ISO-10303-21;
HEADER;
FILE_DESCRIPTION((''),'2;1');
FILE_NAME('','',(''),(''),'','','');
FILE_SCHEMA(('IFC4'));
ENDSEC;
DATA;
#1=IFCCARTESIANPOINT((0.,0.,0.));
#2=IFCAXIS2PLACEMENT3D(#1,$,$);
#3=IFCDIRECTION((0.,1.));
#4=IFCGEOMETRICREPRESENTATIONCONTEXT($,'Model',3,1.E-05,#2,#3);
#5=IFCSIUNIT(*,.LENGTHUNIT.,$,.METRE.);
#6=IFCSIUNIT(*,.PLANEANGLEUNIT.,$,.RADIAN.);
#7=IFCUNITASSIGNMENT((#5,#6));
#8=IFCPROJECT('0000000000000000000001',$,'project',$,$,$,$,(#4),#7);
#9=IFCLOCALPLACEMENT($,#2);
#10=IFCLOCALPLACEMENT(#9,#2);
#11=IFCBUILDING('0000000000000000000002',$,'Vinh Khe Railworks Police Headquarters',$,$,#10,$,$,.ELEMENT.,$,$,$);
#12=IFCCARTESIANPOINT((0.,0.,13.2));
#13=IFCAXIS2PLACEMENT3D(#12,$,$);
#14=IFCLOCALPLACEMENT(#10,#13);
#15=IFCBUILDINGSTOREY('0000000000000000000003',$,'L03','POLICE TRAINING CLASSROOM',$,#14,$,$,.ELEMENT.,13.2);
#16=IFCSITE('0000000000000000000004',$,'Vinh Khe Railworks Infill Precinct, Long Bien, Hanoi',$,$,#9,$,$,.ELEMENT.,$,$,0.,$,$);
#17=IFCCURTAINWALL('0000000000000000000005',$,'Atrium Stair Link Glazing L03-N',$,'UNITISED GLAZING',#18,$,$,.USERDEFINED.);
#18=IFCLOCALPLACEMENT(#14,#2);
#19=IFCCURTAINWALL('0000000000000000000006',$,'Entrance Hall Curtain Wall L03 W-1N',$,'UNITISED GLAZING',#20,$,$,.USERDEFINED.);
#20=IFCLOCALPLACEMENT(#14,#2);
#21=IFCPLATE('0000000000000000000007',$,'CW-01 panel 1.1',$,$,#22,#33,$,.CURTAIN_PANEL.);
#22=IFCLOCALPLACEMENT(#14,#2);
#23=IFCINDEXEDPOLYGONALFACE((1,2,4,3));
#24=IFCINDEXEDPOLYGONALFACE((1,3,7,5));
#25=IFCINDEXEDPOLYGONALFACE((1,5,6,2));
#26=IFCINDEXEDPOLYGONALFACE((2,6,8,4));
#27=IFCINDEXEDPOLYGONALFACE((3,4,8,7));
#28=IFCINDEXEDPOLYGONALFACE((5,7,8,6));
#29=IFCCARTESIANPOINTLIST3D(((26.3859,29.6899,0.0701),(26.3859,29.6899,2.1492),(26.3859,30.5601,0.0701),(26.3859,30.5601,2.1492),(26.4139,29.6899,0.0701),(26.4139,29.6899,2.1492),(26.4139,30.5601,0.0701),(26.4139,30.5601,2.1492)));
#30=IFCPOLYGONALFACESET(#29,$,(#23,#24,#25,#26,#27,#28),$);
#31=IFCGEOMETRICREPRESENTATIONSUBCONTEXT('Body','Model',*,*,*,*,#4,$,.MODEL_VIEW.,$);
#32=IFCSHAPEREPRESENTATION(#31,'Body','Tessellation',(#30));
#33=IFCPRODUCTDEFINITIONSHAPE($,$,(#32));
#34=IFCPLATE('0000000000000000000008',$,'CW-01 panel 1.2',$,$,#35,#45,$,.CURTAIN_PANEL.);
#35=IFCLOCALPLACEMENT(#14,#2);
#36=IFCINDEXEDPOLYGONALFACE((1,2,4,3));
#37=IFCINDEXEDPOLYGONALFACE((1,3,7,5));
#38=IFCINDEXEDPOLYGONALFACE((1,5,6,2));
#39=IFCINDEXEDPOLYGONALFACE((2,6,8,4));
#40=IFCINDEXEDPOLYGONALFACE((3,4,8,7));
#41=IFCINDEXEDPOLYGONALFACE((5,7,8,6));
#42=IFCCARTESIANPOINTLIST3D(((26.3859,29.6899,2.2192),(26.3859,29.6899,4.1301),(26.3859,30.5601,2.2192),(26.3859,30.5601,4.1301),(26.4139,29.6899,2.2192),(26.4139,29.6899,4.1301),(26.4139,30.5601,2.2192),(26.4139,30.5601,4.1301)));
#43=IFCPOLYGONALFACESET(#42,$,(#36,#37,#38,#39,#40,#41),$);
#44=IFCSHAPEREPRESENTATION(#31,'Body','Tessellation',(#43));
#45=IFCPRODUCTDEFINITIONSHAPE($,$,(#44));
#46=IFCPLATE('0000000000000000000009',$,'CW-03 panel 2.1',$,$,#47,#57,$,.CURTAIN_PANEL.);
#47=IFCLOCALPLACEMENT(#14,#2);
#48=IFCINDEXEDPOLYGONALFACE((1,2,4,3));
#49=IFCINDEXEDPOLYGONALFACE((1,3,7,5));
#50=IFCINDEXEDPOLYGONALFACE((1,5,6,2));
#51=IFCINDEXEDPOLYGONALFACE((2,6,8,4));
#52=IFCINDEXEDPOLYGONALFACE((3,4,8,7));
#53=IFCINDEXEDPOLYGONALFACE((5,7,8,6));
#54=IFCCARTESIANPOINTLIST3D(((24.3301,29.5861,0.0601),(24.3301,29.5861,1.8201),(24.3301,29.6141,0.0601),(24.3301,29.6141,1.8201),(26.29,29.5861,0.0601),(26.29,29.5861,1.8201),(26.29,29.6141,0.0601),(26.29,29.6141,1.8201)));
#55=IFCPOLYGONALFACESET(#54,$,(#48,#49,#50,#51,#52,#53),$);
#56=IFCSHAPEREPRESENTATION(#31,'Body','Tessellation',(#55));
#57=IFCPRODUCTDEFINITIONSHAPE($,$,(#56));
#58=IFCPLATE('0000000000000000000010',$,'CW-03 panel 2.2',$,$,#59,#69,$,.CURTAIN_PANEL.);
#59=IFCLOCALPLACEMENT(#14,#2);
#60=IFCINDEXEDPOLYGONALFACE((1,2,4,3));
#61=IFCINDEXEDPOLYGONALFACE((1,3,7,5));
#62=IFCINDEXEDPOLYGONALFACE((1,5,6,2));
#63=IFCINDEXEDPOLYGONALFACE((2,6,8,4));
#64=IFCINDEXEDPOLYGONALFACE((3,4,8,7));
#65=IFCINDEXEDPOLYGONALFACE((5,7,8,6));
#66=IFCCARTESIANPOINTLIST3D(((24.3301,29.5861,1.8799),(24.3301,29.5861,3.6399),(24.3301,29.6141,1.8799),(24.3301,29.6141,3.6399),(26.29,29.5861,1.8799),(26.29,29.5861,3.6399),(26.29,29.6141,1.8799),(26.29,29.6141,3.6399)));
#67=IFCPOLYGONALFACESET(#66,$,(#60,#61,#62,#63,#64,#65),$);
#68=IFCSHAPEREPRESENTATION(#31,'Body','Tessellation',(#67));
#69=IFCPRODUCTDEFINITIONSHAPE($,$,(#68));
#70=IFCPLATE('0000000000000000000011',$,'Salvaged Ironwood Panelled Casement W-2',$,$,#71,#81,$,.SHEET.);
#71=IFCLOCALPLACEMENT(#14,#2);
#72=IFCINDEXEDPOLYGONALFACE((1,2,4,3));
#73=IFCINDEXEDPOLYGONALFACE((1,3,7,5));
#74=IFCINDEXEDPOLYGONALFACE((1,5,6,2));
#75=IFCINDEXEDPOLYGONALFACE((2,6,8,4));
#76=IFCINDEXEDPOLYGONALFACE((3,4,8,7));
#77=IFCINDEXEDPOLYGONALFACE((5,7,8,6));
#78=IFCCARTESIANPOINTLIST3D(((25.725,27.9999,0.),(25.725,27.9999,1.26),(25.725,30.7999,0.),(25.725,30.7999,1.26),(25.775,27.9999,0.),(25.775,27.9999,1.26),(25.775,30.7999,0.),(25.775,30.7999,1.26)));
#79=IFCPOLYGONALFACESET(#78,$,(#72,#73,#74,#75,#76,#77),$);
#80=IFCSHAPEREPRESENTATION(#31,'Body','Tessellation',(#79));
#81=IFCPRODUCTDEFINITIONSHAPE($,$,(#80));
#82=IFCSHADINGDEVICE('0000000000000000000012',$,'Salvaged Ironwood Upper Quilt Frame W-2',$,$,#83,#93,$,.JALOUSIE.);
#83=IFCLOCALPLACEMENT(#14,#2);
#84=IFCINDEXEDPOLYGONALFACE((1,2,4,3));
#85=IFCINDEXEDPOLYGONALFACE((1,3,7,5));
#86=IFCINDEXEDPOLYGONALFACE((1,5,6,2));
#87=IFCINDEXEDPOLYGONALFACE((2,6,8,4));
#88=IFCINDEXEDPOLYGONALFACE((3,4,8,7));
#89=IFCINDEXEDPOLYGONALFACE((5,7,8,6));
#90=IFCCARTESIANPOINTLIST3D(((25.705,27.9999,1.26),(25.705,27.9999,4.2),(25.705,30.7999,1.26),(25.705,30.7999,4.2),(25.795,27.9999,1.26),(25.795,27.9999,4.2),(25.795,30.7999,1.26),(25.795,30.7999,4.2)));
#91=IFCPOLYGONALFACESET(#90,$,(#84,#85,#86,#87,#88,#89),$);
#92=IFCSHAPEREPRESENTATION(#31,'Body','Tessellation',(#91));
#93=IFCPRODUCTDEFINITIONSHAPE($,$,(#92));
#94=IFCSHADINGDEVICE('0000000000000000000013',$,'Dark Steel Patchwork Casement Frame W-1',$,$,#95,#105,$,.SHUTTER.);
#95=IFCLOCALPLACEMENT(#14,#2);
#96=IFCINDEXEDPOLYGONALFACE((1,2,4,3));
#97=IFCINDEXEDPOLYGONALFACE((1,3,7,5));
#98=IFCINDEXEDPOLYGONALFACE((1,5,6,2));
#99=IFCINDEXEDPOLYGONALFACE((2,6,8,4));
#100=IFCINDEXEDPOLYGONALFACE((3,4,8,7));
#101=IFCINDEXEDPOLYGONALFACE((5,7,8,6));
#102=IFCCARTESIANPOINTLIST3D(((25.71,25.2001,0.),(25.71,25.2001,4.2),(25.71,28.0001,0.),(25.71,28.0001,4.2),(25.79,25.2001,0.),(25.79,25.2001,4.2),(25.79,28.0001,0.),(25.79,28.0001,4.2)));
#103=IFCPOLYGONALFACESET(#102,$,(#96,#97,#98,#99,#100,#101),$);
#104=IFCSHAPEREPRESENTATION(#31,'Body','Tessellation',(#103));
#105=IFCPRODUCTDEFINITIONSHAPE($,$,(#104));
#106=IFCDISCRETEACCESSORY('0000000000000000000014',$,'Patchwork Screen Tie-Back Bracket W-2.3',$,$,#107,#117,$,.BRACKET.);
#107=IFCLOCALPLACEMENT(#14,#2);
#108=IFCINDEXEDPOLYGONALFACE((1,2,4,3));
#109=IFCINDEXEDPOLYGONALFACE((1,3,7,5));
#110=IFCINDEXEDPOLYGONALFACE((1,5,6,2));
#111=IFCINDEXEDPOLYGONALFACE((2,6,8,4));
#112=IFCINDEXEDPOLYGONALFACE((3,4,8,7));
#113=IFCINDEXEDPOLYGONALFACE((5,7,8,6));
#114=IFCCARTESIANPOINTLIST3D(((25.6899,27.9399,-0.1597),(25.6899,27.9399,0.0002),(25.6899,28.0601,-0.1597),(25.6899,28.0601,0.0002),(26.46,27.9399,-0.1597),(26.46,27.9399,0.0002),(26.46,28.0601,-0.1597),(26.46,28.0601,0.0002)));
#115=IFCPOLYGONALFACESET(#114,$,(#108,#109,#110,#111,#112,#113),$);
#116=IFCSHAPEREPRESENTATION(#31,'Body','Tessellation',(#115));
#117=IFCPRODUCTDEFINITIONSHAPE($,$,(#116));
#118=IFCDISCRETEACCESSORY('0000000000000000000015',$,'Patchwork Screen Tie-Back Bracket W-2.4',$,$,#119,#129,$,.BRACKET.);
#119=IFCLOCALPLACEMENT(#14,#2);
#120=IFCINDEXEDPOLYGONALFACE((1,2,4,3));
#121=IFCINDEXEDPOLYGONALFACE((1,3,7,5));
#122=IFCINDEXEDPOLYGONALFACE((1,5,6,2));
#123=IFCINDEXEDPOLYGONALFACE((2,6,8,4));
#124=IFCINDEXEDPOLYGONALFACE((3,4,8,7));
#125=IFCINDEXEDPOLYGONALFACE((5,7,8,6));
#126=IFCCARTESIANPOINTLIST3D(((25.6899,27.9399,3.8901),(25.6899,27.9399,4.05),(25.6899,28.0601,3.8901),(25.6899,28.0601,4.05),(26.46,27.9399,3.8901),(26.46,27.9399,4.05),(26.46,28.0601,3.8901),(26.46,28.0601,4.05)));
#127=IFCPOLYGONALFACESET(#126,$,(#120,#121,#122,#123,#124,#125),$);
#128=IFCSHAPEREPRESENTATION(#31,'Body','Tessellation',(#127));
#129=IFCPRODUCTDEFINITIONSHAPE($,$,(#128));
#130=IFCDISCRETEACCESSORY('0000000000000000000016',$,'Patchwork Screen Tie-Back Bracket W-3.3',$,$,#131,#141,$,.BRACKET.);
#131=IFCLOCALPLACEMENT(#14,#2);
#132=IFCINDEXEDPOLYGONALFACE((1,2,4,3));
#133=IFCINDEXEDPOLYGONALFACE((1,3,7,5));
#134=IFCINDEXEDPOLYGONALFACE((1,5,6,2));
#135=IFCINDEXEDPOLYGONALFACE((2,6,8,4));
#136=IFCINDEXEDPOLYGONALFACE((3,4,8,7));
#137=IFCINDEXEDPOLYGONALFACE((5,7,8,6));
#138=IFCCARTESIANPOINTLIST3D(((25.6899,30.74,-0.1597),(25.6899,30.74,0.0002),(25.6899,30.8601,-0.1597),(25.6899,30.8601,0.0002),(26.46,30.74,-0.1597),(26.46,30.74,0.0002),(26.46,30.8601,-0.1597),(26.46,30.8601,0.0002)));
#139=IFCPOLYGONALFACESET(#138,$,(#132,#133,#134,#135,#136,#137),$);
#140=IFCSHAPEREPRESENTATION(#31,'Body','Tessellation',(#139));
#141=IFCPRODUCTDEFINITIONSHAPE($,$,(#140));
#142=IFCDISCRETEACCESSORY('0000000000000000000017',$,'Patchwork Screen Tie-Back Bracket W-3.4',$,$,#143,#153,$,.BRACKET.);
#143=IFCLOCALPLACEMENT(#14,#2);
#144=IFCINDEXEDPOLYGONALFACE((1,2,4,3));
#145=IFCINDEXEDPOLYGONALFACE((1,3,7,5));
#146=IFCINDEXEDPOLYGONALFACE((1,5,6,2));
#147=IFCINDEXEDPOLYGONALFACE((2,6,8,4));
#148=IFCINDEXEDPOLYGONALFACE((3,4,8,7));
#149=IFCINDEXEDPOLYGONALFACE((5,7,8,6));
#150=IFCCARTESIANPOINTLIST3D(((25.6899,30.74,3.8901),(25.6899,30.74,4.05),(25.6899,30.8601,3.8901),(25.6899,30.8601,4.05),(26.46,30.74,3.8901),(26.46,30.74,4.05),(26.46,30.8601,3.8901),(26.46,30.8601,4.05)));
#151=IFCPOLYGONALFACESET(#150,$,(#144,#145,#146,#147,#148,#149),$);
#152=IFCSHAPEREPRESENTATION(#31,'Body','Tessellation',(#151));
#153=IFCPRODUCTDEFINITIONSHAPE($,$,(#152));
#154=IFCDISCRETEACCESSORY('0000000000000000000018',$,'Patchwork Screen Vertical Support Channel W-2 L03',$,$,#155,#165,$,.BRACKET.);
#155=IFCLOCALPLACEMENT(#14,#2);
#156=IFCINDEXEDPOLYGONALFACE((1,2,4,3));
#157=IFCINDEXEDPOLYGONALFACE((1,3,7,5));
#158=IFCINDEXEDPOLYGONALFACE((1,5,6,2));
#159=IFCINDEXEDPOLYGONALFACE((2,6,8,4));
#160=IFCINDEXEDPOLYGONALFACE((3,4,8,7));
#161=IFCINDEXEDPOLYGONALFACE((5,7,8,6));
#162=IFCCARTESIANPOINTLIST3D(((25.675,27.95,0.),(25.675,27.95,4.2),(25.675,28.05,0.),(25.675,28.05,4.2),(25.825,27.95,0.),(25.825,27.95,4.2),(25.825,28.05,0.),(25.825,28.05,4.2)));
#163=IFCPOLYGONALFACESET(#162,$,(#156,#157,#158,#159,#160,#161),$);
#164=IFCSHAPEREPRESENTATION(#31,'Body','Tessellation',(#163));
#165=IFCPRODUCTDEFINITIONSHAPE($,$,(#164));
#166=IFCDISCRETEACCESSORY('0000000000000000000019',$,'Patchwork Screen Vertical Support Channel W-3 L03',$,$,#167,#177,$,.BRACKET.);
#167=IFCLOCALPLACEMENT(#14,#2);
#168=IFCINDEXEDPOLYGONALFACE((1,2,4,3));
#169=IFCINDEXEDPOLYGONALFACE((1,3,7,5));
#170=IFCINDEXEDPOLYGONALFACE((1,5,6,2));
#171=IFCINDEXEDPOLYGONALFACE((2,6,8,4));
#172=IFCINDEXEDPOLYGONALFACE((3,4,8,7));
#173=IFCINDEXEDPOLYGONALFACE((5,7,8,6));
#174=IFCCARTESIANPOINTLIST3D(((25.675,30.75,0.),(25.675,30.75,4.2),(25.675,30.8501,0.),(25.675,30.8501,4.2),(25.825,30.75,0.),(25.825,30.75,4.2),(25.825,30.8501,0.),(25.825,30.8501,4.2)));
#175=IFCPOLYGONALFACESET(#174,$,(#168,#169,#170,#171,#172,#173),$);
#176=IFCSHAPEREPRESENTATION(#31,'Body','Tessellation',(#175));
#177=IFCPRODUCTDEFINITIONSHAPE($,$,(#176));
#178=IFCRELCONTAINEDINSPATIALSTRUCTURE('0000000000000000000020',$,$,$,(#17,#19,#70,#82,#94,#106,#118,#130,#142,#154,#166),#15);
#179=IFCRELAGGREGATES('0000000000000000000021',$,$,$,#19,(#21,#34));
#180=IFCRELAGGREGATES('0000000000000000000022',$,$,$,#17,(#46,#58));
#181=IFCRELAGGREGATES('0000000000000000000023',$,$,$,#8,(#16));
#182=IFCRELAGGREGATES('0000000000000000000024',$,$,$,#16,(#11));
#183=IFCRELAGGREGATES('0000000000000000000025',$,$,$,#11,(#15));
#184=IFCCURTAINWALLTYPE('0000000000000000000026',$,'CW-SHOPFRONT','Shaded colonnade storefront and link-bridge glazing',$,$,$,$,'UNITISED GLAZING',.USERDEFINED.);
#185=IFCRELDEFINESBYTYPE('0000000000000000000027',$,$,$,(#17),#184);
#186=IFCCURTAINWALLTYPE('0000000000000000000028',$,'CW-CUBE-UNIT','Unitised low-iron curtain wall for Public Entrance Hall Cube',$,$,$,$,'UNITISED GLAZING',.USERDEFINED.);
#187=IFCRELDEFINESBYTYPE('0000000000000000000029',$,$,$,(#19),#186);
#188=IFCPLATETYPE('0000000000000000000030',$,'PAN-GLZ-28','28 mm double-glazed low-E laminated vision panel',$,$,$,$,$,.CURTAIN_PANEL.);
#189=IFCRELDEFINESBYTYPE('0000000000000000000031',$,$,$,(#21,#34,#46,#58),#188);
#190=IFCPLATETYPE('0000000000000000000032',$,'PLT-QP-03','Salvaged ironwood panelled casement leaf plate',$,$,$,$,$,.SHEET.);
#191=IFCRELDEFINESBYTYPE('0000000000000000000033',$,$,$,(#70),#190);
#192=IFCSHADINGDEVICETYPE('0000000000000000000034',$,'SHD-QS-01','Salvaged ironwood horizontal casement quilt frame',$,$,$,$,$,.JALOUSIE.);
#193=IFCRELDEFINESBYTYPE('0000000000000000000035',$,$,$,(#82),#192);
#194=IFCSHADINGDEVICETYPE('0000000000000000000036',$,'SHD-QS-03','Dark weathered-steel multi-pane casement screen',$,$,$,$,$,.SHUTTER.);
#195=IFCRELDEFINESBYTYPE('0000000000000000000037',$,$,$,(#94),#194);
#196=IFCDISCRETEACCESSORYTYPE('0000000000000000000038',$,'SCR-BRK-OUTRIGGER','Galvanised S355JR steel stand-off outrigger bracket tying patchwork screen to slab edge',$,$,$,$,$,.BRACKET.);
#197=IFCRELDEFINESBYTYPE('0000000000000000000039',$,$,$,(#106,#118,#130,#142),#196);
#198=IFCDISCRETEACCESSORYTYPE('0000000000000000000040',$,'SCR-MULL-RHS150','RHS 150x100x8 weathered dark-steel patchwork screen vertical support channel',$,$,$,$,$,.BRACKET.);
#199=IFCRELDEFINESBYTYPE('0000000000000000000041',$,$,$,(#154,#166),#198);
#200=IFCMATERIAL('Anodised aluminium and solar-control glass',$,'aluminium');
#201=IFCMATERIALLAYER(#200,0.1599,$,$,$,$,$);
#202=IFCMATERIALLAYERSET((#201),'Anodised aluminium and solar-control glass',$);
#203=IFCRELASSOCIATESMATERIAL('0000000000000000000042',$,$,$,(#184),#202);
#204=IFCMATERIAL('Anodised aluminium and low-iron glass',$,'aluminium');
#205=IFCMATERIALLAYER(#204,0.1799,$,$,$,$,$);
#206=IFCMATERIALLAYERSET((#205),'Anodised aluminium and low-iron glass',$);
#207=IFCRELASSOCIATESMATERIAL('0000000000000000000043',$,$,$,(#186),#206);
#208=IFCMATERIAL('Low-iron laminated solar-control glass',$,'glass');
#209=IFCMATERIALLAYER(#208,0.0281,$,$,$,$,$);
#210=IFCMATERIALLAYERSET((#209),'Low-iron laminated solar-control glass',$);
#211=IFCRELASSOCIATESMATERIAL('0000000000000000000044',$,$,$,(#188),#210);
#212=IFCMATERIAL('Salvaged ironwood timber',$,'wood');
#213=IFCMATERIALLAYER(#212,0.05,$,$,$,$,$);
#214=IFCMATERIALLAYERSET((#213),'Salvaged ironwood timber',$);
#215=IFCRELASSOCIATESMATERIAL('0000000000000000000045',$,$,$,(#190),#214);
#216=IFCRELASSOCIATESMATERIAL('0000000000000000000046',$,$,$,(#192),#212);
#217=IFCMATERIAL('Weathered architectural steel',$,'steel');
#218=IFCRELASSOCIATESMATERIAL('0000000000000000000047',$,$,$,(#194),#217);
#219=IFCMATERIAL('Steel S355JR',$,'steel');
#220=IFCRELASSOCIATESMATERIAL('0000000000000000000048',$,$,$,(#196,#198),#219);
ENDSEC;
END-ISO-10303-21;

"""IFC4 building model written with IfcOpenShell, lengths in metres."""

from ifc_helpers import new_model, si_unit, direction, frame, origin, origin_2d, place, context, subcontext, project, spatial, rectangle, extrude, material, layer, layer_set, type_object, element, aggregate, save


model = new_model("IFC4")

# Units and contexts
model_context = context("Model", 3, precision=1e-05, world=origin(), true_north=direction((0.0, 1.0)))
body_context = subcontext(model_context, "Body", "Model", "MODEL_VIEW")
ifc_project = project(units=[si_unit("LENGTHUNIT", "METRE"), si_unit("PLANEANGLEUNIT", "RADIAN")], contexts=[model_context])

# Site, building, storey
site_placement = place(None, origin())
site = spatial("IfcSite", under=ifc_project, at=site_placement, Name="Vinh Khe Railworks Infill Precinct, Long Bien, Hanoi", CompositionType="ELEMENT", RefElevation=0.0)
building_placement = place(site_placement, origin())
building = spatial("IfcBuilding", under=site, at=building_placement, Name="Vinh Khe Railworks Police Headquarters", CompositionType="ELEMENT")
storey_placement = place(building_placement, frame((0.0, 0.0, 13.2)))
storey = spatial("IfcBuildingStorey", under=building, at=storey_placement, Name="L03", Description="POLICE TRAINING CLASSROOM", CompositionType="ELEMENT", Elevation=13.2)

# Shared definitions
ifc_material_1 = material(Name="Steel S355JR", Category="steel")

# Shared definitions
ifc_material_2 = material(Name="Salvaged ironwood timber", Category="wood")

# Curtain wall
ifc_material_3 = material(Name="Anodised aluminium and solar-control glass", Category="aluminium")
ifc_layer_1 = layer(ifc_material_3, 0.1599)
ifc_layer_set_1 = layer_set([ifc_layer_1], Name="Anodised aluminium and solar-control glass")
curtain_wall_type_1 = type_object("IfcCurtainWallType", Name="CW-SHOPFRONT", Description="Shaded colonnade storefront and link-bridge glazing", ElementType="UNITISED GLAZING", PredefinedType="USERDEFINED", material=ifc_layer_set_1)
curtain_wall_1_placement = place(storey_placement, origin())
curtain_wall_1 = element("IfcCurtainWall", 1, at=curtain_wall_1_placement, inside=storey, type_object=curtain_wall_type_1, Name="Atrium Stair Link Glazing L03-N", ObjectType="UNITISED GLAZING", PredefinedType="USERDEFINED")

# Curtain wall
ifc_material_4 = material(Name="Anodised aluminium and low-iron glass", Category="aluminium")
ifc_layer_2 = layer(ifc_material_4, 0.1799)
ifc_layer_set_2 = layer_set([ifc_layer_2], Name="Anodised aluminium and low-iron glass")
curtain_wall_type_2 = type_object("IfcCurtainWallType", Name="CW-CUBE-UNIT", Description="Unitised low-iron curtain wall for Public Entrance Hall Cube", ElementType="UNITISED GLAZING", PredefinedType="USERDEFINED", material=ifc_layer_set_2)
curtain_wall_2_placement = place(storey_placement, origin())
curtain_wall_2 = element("IfcCurtainWall", 2, at=curtain_wall_2_placement, inside=storey, type_object=curtain_wall_type_2, Name="Entrance Hall Curtain Wall L03 W-1N", ObjectType="UNITISED GLAZING", PredefinedType="USERDEFINED")

# Plates
ifc_material_5 = material(Name="Low-iron laminated solar-control glass", Category="glass")
ifc_layer_3 = layer(ifc_material_5, 0.0281)
ifc_layer_set_3 = layer_set([ifc_layer_3], Name="Low-iron laminated solar-control glass")
plate_type_1 = type_object("IfcPlateType", Name="PAN-GLZ-28", Description="28 mm double-glazed low-E laminated vision panel", PredefinedType="CURTAIN_PANEL", material=ifc_layer_set_3)
plate_1_placement = place(storey_placement, frame((26.3999, 30.125, 0.0701), z_axis=(0.0, 0.0, 1.0), x_axis=(0.0, 1.0, 0.0)))
plate_1 = element("IfcPlate", 3, at=plate_1_placement, type_object=plate_type_1, Name="CW-01 panel 1.1", PredefinedType="CURTAIN_PANEL", context=body_context, shape_type="SweptSolid", body=[
    extrude(rectangle(XDim=0.8701, YDim=0.0281, at=origin_2d()), origin(), (0.0, 0.0, 1.0), 2.0791),
])
plate_2_placement = place(storey_placement, frame((26.3999, 30.125, 2.2192), z_axis=(0.0, 0.0, 1.0), x_axis=(0.0, 1.0, 0.0)))
plate_2 = element("IfcPlate", 4, at=plate_2_placement, type_object=plate_type_1, Name="CW-01 panel 1.2", PredefinedType="CURTAIN_PANEL", context=body_context, shape_type="SweptSolid", body=[
    extrude(rectangle(XDim=0.8701, YDim=0.0281, at=origin_2d()), origin(), (0.0, 0.0, 1.0), 1.9109),
])
aggregate(curtain_wall_2, [plate_1, plate_2])
plate_3_placement = place(storey_placement, frame((25.3101, 29.6001, 0.0601), z_axis=(0.0, 0.0, 1.0), x_axis=(1.0, 0.0, 0.0)))
plate_3 = element("IfcPlate", 5, at=plate_3_placement, type_object=plate_type_1, Name="CW-03 panel 2.1", PredefinedType="CURTAIN_PANEL", context=body_context, shape_type="SweptSolid", body=[
    extrude(rectangle(XDim=1.96, YDim=0.0281, at=origin_2d()), origin(), (0.0, 0.0, 1.0), 1.76),
])
plate_4_placement = place(storey_placement, frame((25.3101, 29.6001, 1.8799), z_axis=(0.0, 0.0, 1.0), x_axis=(1.0, 0.0, 0.0)))
plate_4 = element("IfcPlate", 6, at=plate_4_placement, type_object=plate_type_1, Name="CW-03 panel 2.2", PredefinedType="CURTAIN_PANEL", context=body_context, shape_type="SweptSolid", body=[
    extrude(rectangle(XDim=1.96, YDim=0.0281, at=origin_2d()), origin(), (0.0, 0.0, 1.0), 1.76),
])
aggregate(curtain_wall_1, [plate_3, plate_4])
ifc_layer_4 = layer(ifc_material_2, 0.05)
ifc_layer_set_4 = layer_set([ifc_layer_4], Name="Salvaged ironwood timber")
plate_type_2 = type_object("IfcPlateType", Name="PLT-QP-03", Description="Salvaged ironwood panelled casement leaf plate", PredefinedType="SHEET", material=ifc_layer_set_4)
plate_5_placement = place(storey_placement, frame((25.75, 29.3999, 0.0), z_axis=(0.0, 0.0, 1.0), x_axis=(0.0, 1.0, 0.0)))
element("IfcPlate", 7, at=plate_5_placement, inside=storey, type_object=plate_type_2, Name="Salvaged Ironwood Panelled Casement W-2", PredefinedType="SHEET", context=body_context, shape_type="SweptSolid", body=[
    extrude(rectangle(XDim=2.8, YDim=0.05, at=origin_2d()), origin(), (0.0, 0.0, 1.0), 1.26),
])

# Shading devices
shading_device_type_1 = type_object("IfcShadingDeviceType", Name="SHD-QS-01", Description="Salvaged ironwood horizontal casement quilt frame", PredefinedType="JALOUSIE", material=ifc_material_2)
shading_device_1_placement = place(storey_placement, frame((25.75, 29.3999, 1.26), z_axis=(0.0, 0.0, 1.0), x_axis=(0.0, 1.0, 0.0)))
element("IfcShadingDevice", 8, at=shading_device_1_placement, inside=storey, type_object=shading_device_type_1, Name="Salvaged Ironwood Upper Quilt Frame W-2", PredefinedType="JALOUSIE", context=body_context, shape_type="SweptSolid", body=[
    extrude(rectangle(XDim=2.8, YDim=0.0901, at=origin_2d()), origin(), (0.0, 0.0, 1.0), 2.9399),
])
ifc_material_6 = material(Name="Weathered architectural steel", Category="steel")
shading_device_type_2 = type_object("IfcShadingDeviceType", Name="SHD-QS-03", Description="Dark weathered-steel multi-pane casement screen", PredefinedType="SHUTTER", material=ifc_material_6)
shading_device_2_placement = place(storey_placement, frame((25.75, 26.6001, 0.0), z_axis=(0.0, 0.0, 1.0), x_axis=(0.0, 1.0, 0.0)))
element("IfcShadingDevice", 9, at=shading_device_2_placement, inside=storey, type_object=shading_device_type_2, Name="Dark Steel Patchwork Casement Frame W-1", PredefinedType="SHUTTER", context=body_context, shape_type="SweptSolid", body=[
    extrude(rectangle(XDim=2.8, YDim=0.0801, at=origin_2d()), origin(), (0.0, 0.0, 1.0), 4.2),
])

# Discrete accessories
discrete_accessory_type_1 = type_object("IfcDiscreteAccessoryType", Name="SCR-BRK-OUTRIGGER", Description="Galvanised S355JR steel stand-off outrigger bracket tying patchwork screen to slab edge", PredefinedType="BRACKET", material=ifc_material_1)
for number, where, z_axis, x_axis, name in (
    (10, (26.075, 28.0, -0.1597), (0.0, 0.0, 1.0), (1.0, 0.0, 0.0), "Patchwork Screen Tie-Back Bracket W-2.3"),
    (11, (26.075, 28.0, 3.8901), (0.0, 0.0, 1.0), (1.0, 0.0, 0.0), "Patchwork Screen Tie-Back Bracket W-2.4"),
    (12, (26.075, 30.8, -0.1597), (0.0, 0.0, 1.0), (1.0, 0.0, 0.0), "Patchwork Screen Tie-Back Bracket W-3.3"),
    (13, (26.075, 30.8, 3.8901), (0.0, 0.0, 1.0), (1.0, 0.0, 0.0), "Patchwork Screen Tie-Back Bracket W-3.4"),
):
    element("IfcDiscreteAccessory", number, at=place(storey_placement, frame(where, z_axis=z_axis, x_axis=x_axis)), inside=storey, type_object=discrete_accessory_type_1, Name=name, PredefinedType="BRACKET", context=body_context, shape_type="SweptSolid", body=[
        extrude(rectangle(XDim=0.77, YDim=0.1201, at=origin_2d()), origin(), (0.0, 0.0, 1.0), 0.1599),
    ])
discrete_accessory_type_2 = type_object("IfcDiscreteAccessoryType", Name="SCR-MULL-RHS150", Description="RHS 150x100x8 weathered dark-steel patchwork screen vertical support channel", PredefinedType="BRACKET", material=ifc_material_1)
for number, where, z_axis, x_axis, name in (
    (14, (25.75, 28.0, 0.0), (0.0, 0.0, 1.0), (1.0, 0.0, 0.0), "Patchwork Screen Vertical Support Channel W-2 L03"),
    (15, (25.75, 30.8, 0.0), (0.0, 0.0, 1.0), (1.0, 0.0, 0.0), "Patchwork Screen Vertical Support Channel W-3 L03"),
):
    element("IfcDiscreteAccessory", number, at=place(storey_placement, frame(where, z_axis=z_axis, x_axis=x_axis)), inside=storey, type_object=discrete_accessory_type_2, Name=name, PredefinedType="BRACKET", context=body_context, shape_type="SweptSolid", body=[
        extrude(rectangle(XDim=0.1499, YDim=0.1001, at=origin_2d()), origin(), (0.0, 0.0, 1.0), 4.2),
    ])

save(model, "model.ifc")
